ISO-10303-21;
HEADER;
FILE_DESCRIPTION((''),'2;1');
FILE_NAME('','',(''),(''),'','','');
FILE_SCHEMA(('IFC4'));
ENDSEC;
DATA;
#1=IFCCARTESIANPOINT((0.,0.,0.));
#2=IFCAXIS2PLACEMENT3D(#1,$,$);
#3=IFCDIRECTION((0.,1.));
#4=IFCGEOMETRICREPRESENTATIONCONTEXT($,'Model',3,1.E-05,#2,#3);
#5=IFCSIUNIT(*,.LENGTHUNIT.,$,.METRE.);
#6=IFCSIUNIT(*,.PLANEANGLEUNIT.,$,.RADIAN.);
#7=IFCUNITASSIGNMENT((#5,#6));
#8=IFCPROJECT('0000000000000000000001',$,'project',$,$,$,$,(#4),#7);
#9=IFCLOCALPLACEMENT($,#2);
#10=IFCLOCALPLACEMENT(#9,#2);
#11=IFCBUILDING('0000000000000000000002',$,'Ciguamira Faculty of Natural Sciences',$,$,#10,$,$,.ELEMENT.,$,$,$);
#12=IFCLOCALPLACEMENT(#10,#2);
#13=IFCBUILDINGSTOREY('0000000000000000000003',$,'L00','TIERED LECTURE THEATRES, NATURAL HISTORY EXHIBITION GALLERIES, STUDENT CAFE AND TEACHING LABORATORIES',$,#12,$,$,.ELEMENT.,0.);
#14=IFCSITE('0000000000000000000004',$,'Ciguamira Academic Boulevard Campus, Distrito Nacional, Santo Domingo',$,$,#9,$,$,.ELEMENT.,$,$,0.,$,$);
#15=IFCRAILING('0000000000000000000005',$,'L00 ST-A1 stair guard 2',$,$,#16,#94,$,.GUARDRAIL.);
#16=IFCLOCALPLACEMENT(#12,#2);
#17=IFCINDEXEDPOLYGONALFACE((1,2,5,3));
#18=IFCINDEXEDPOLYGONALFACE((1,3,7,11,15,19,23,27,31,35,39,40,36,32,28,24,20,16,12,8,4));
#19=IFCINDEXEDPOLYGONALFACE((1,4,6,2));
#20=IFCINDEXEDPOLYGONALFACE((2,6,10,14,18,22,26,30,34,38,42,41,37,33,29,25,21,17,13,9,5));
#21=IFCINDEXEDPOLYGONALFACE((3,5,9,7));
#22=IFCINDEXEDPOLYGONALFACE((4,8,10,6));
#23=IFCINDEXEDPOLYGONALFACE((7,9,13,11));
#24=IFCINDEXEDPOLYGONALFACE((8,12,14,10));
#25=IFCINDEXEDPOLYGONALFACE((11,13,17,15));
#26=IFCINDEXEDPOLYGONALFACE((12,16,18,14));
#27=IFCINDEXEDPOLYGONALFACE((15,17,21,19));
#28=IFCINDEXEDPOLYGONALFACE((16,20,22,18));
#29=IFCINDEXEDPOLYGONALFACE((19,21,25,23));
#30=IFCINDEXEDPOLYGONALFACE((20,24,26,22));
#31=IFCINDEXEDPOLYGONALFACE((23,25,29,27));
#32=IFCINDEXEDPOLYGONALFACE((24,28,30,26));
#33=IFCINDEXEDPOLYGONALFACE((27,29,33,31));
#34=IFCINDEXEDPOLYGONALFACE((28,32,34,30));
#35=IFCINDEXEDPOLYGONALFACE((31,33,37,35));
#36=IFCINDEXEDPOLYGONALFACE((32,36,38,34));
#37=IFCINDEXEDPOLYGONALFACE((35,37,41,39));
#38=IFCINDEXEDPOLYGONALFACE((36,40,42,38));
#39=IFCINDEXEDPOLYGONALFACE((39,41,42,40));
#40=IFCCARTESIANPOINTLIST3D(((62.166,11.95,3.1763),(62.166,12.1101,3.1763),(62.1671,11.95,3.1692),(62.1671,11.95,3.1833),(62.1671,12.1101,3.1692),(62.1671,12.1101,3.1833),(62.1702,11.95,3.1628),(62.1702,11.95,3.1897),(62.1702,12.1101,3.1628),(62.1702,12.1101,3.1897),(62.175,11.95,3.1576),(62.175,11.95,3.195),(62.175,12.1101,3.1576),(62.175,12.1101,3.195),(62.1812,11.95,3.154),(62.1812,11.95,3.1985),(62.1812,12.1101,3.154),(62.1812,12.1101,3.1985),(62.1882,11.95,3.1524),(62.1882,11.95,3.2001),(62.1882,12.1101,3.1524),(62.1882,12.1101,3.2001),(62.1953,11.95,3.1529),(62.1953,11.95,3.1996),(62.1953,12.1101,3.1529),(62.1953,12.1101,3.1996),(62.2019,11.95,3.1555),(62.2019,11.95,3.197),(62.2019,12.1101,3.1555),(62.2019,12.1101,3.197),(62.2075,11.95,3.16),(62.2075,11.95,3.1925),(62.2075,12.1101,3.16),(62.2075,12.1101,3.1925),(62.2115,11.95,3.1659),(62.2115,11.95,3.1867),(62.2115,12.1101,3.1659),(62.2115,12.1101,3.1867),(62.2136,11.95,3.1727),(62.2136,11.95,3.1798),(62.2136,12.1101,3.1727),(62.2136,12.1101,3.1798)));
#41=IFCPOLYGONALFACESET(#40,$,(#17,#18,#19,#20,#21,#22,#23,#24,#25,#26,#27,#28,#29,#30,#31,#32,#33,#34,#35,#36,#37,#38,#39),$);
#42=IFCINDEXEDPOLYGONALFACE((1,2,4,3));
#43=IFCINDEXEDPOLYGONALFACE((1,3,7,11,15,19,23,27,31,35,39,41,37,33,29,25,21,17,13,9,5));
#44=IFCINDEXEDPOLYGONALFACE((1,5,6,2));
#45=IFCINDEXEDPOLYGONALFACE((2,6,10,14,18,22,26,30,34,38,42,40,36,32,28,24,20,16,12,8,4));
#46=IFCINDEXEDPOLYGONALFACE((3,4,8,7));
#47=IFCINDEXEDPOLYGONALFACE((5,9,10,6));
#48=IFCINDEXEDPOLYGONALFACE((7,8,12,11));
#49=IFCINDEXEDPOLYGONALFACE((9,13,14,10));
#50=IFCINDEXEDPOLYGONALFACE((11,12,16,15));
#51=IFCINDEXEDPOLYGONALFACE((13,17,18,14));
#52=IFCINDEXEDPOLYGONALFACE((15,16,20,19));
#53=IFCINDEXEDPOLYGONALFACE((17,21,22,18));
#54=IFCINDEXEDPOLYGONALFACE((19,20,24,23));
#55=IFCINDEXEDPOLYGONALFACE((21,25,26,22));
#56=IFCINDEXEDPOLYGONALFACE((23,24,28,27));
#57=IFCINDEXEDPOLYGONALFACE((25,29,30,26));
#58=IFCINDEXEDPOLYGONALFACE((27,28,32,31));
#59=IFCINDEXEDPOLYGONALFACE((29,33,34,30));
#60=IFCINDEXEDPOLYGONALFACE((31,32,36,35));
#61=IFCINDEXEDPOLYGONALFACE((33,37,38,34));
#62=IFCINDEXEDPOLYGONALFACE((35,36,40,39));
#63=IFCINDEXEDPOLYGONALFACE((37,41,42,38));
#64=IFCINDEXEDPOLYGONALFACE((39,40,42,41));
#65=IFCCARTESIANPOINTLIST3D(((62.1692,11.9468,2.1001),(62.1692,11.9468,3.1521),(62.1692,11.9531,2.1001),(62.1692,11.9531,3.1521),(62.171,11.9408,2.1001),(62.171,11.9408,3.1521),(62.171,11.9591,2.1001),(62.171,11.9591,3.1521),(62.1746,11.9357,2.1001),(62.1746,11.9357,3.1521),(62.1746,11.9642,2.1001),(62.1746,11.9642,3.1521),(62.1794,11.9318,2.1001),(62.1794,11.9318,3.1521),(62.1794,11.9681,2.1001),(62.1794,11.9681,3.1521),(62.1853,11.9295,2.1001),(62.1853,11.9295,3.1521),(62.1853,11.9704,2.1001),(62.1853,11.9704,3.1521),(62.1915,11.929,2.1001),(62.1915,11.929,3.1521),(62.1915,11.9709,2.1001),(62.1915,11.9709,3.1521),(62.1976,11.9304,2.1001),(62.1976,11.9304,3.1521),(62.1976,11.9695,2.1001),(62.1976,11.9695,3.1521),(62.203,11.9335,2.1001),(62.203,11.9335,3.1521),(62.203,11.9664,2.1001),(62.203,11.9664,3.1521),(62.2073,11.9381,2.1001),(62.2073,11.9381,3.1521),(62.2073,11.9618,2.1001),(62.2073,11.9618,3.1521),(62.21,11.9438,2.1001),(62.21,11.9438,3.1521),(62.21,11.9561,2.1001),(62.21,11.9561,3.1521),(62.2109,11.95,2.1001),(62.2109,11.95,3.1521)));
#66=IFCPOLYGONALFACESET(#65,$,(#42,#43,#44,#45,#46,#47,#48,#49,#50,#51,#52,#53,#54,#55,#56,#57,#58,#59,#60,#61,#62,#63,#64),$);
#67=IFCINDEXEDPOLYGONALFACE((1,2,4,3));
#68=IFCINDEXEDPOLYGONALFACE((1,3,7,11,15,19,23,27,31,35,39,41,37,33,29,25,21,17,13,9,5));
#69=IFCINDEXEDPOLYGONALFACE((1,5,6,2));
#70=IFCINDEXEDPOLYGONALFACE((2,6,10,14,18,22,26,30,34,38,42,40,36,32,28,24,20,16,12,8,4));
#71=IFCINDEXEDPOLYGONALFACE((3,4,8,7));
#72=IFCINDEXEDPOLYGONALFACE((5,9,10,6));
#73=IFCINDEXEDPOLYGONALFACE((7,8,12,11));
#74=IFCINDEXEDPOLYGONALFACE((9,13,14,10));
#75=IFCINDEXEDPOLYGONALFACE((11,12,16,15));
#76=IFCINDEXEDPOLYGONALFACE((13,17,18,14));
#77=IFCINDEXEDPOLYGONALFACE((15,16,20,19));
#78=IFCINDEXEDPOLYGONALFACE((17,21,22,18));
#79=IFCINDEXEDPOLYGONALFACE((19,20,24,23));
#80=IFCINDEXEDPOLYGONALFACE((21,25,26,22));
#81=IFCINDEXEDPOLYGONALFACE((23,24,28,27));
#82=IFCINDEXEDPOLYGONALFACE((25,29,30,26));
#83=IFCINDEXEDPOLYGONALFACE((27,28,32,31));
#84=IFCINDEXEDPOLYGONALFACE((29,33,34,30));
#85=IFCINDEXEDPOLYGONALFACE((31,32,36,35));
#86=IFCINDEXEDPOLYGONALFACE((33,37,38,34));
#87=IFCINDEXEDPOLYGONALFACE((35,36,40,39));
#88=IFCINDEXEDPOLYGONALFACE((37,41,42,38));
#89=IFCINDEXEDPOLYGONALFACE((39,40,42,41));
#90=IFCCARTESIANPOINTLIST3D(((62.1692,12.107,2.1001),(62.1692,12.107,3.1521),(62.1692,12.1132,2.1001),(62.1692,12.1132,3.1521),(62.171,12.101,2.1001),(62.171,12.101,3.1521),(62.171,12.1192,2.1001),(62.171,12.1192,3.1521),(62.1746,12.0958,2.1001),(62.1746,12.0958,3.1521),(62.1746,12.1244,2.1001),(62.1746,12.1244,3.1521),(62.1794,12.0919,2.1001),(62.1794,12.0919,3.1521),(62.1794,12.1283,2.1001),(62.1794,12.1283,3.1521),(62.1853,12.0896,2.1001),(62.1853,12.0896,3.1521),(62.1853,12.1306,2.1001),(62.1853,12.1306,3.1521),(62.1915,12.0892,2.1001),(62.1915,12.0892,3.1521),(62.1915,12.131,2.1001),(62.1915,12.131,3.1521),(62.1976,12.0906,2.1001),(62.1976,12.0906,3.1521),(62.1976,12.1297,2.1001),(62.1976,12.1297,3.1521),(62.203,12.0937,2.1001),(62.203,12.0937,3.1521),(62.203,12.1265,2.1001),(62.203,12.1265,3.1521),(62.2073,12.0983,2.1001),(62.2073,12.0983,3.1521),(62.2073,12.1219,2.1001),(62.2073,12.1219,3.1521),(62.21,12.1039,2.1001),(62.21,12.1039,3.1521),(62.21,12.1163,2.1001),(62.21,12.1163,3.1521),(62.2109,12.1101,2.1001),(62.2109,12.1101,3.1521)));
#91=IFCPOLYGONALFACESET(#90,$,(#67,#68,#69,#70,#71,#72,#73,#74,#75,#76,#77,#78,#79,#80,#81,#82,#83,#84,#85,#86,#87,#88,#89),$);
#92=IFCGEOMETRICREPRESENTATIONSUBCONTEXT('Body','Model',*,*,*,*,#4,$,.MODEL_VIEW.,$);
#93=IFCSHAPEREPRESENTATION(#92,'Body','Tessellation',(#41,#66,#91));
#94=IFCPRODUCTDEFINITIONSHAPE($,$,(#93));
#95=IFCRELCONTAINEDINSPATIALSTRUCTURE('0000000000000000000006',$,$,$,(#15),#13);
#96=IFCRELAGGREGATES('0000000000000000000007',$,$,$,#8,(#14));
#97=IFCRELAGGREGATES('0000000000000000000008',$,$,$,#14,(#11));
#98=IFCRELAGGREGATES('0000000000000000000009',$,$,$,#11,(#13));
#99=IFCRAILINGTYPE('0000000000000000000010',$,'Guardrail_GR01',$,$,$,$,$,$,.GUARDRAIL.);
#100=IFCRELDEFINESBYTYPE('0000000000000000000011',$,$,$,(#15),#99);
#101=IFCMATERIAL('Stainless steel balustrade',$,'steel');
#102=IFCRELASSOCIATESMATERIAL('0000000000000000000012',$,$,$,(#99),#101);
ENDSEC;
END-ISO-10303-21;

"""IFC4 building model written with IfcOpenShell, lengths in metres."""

from ifc_helpers import new_model, si_unit, direction, frame, origin, origin_2d, place, context, subcontext, project, spatial, circle, extrude, material, type_object, element, save


model = new_model("IFC4")

# Units and contexts
model_context = context("Model", 3, precision=1e-05, world=origin(), true_north=direction((0.0, 1.0)))
body_context = subcontext(model_context, "Body", "Model", "MODEL_VIEW")
ifc_project = project(units=[si_unit("LENGTHUNIT", "METRE"), si_unit("PLANEANGLEUNIT", "RADIAN")], contexts=[model_context])

# Site, building, storey
site_placement = place(None, origin())
site = spatial("IfcSite", under=ifc_project, at=site_placement, Name="Ciguamira Academic Boulevard Campus, Distrito Nacional, Santo Domingo", CompositionType="ELEMENT", RefElevation=0.0)
building_placement = place(site_placement, origin())
building = spatial("IfcBuilding", under=site, at=building_placement, Name="Ciguamira Faculty of Natural Sciences", CompositionType="ELEMENT")
storey_placement = place(building_placement, origin())
storey = spatial("IfcBuildingStorey", under=building, at=storey_placement, Name="L00", Description="TIERED LECTURE THEATRES, NATURAL HISTORY EXHIBITION GALLERIES, STUDENT CAFE AND TEACHING LABORATORIES", CompositionType="ELEMENT", Elevation=0.0)

# Railing
ifc_material_1 = material(Name="Stainless steel balustrade", Category="steel")
railing_type_1 = type_object("IfcRailingType", Name="Guardrail_GR01", PredefinedType="GUARDRAIL", material=ifc_material_1)
railing_1_placement = place(storey_placement, frame((62.1899, 11.95, 2.1001)))
element("IfcRailing", 1, at=railing_1_placement, inside=storey, type_object=railing_type_1, Name="L00 ST-A1 stair guard 2", PredefinedType="GUARDRAIL", context=body_context, shape_type="SweptSolid", body=[
    extrude(circle(Radius=0.0239, at=origin_2d()), frame((0.0, 0.0, 1.0762), z_axis=(0.0, 1.0, 0.0), x_axis=(-1.0, 0.0, 0.0)), (0.0, 0.0, 1.0), 0.1602),
    extrude(circle(Radius=0.021, at=origin_2d()), origin(), (0.0, 0.0, 1.0), 1.052),
    extrude(circle(Radius=0.021, at=origin_2d()), frame((0.0, 0.1602, 0.0)), (0.0, 0.0, 1.0), 1.052),
])

save(model, "model.ifc")
